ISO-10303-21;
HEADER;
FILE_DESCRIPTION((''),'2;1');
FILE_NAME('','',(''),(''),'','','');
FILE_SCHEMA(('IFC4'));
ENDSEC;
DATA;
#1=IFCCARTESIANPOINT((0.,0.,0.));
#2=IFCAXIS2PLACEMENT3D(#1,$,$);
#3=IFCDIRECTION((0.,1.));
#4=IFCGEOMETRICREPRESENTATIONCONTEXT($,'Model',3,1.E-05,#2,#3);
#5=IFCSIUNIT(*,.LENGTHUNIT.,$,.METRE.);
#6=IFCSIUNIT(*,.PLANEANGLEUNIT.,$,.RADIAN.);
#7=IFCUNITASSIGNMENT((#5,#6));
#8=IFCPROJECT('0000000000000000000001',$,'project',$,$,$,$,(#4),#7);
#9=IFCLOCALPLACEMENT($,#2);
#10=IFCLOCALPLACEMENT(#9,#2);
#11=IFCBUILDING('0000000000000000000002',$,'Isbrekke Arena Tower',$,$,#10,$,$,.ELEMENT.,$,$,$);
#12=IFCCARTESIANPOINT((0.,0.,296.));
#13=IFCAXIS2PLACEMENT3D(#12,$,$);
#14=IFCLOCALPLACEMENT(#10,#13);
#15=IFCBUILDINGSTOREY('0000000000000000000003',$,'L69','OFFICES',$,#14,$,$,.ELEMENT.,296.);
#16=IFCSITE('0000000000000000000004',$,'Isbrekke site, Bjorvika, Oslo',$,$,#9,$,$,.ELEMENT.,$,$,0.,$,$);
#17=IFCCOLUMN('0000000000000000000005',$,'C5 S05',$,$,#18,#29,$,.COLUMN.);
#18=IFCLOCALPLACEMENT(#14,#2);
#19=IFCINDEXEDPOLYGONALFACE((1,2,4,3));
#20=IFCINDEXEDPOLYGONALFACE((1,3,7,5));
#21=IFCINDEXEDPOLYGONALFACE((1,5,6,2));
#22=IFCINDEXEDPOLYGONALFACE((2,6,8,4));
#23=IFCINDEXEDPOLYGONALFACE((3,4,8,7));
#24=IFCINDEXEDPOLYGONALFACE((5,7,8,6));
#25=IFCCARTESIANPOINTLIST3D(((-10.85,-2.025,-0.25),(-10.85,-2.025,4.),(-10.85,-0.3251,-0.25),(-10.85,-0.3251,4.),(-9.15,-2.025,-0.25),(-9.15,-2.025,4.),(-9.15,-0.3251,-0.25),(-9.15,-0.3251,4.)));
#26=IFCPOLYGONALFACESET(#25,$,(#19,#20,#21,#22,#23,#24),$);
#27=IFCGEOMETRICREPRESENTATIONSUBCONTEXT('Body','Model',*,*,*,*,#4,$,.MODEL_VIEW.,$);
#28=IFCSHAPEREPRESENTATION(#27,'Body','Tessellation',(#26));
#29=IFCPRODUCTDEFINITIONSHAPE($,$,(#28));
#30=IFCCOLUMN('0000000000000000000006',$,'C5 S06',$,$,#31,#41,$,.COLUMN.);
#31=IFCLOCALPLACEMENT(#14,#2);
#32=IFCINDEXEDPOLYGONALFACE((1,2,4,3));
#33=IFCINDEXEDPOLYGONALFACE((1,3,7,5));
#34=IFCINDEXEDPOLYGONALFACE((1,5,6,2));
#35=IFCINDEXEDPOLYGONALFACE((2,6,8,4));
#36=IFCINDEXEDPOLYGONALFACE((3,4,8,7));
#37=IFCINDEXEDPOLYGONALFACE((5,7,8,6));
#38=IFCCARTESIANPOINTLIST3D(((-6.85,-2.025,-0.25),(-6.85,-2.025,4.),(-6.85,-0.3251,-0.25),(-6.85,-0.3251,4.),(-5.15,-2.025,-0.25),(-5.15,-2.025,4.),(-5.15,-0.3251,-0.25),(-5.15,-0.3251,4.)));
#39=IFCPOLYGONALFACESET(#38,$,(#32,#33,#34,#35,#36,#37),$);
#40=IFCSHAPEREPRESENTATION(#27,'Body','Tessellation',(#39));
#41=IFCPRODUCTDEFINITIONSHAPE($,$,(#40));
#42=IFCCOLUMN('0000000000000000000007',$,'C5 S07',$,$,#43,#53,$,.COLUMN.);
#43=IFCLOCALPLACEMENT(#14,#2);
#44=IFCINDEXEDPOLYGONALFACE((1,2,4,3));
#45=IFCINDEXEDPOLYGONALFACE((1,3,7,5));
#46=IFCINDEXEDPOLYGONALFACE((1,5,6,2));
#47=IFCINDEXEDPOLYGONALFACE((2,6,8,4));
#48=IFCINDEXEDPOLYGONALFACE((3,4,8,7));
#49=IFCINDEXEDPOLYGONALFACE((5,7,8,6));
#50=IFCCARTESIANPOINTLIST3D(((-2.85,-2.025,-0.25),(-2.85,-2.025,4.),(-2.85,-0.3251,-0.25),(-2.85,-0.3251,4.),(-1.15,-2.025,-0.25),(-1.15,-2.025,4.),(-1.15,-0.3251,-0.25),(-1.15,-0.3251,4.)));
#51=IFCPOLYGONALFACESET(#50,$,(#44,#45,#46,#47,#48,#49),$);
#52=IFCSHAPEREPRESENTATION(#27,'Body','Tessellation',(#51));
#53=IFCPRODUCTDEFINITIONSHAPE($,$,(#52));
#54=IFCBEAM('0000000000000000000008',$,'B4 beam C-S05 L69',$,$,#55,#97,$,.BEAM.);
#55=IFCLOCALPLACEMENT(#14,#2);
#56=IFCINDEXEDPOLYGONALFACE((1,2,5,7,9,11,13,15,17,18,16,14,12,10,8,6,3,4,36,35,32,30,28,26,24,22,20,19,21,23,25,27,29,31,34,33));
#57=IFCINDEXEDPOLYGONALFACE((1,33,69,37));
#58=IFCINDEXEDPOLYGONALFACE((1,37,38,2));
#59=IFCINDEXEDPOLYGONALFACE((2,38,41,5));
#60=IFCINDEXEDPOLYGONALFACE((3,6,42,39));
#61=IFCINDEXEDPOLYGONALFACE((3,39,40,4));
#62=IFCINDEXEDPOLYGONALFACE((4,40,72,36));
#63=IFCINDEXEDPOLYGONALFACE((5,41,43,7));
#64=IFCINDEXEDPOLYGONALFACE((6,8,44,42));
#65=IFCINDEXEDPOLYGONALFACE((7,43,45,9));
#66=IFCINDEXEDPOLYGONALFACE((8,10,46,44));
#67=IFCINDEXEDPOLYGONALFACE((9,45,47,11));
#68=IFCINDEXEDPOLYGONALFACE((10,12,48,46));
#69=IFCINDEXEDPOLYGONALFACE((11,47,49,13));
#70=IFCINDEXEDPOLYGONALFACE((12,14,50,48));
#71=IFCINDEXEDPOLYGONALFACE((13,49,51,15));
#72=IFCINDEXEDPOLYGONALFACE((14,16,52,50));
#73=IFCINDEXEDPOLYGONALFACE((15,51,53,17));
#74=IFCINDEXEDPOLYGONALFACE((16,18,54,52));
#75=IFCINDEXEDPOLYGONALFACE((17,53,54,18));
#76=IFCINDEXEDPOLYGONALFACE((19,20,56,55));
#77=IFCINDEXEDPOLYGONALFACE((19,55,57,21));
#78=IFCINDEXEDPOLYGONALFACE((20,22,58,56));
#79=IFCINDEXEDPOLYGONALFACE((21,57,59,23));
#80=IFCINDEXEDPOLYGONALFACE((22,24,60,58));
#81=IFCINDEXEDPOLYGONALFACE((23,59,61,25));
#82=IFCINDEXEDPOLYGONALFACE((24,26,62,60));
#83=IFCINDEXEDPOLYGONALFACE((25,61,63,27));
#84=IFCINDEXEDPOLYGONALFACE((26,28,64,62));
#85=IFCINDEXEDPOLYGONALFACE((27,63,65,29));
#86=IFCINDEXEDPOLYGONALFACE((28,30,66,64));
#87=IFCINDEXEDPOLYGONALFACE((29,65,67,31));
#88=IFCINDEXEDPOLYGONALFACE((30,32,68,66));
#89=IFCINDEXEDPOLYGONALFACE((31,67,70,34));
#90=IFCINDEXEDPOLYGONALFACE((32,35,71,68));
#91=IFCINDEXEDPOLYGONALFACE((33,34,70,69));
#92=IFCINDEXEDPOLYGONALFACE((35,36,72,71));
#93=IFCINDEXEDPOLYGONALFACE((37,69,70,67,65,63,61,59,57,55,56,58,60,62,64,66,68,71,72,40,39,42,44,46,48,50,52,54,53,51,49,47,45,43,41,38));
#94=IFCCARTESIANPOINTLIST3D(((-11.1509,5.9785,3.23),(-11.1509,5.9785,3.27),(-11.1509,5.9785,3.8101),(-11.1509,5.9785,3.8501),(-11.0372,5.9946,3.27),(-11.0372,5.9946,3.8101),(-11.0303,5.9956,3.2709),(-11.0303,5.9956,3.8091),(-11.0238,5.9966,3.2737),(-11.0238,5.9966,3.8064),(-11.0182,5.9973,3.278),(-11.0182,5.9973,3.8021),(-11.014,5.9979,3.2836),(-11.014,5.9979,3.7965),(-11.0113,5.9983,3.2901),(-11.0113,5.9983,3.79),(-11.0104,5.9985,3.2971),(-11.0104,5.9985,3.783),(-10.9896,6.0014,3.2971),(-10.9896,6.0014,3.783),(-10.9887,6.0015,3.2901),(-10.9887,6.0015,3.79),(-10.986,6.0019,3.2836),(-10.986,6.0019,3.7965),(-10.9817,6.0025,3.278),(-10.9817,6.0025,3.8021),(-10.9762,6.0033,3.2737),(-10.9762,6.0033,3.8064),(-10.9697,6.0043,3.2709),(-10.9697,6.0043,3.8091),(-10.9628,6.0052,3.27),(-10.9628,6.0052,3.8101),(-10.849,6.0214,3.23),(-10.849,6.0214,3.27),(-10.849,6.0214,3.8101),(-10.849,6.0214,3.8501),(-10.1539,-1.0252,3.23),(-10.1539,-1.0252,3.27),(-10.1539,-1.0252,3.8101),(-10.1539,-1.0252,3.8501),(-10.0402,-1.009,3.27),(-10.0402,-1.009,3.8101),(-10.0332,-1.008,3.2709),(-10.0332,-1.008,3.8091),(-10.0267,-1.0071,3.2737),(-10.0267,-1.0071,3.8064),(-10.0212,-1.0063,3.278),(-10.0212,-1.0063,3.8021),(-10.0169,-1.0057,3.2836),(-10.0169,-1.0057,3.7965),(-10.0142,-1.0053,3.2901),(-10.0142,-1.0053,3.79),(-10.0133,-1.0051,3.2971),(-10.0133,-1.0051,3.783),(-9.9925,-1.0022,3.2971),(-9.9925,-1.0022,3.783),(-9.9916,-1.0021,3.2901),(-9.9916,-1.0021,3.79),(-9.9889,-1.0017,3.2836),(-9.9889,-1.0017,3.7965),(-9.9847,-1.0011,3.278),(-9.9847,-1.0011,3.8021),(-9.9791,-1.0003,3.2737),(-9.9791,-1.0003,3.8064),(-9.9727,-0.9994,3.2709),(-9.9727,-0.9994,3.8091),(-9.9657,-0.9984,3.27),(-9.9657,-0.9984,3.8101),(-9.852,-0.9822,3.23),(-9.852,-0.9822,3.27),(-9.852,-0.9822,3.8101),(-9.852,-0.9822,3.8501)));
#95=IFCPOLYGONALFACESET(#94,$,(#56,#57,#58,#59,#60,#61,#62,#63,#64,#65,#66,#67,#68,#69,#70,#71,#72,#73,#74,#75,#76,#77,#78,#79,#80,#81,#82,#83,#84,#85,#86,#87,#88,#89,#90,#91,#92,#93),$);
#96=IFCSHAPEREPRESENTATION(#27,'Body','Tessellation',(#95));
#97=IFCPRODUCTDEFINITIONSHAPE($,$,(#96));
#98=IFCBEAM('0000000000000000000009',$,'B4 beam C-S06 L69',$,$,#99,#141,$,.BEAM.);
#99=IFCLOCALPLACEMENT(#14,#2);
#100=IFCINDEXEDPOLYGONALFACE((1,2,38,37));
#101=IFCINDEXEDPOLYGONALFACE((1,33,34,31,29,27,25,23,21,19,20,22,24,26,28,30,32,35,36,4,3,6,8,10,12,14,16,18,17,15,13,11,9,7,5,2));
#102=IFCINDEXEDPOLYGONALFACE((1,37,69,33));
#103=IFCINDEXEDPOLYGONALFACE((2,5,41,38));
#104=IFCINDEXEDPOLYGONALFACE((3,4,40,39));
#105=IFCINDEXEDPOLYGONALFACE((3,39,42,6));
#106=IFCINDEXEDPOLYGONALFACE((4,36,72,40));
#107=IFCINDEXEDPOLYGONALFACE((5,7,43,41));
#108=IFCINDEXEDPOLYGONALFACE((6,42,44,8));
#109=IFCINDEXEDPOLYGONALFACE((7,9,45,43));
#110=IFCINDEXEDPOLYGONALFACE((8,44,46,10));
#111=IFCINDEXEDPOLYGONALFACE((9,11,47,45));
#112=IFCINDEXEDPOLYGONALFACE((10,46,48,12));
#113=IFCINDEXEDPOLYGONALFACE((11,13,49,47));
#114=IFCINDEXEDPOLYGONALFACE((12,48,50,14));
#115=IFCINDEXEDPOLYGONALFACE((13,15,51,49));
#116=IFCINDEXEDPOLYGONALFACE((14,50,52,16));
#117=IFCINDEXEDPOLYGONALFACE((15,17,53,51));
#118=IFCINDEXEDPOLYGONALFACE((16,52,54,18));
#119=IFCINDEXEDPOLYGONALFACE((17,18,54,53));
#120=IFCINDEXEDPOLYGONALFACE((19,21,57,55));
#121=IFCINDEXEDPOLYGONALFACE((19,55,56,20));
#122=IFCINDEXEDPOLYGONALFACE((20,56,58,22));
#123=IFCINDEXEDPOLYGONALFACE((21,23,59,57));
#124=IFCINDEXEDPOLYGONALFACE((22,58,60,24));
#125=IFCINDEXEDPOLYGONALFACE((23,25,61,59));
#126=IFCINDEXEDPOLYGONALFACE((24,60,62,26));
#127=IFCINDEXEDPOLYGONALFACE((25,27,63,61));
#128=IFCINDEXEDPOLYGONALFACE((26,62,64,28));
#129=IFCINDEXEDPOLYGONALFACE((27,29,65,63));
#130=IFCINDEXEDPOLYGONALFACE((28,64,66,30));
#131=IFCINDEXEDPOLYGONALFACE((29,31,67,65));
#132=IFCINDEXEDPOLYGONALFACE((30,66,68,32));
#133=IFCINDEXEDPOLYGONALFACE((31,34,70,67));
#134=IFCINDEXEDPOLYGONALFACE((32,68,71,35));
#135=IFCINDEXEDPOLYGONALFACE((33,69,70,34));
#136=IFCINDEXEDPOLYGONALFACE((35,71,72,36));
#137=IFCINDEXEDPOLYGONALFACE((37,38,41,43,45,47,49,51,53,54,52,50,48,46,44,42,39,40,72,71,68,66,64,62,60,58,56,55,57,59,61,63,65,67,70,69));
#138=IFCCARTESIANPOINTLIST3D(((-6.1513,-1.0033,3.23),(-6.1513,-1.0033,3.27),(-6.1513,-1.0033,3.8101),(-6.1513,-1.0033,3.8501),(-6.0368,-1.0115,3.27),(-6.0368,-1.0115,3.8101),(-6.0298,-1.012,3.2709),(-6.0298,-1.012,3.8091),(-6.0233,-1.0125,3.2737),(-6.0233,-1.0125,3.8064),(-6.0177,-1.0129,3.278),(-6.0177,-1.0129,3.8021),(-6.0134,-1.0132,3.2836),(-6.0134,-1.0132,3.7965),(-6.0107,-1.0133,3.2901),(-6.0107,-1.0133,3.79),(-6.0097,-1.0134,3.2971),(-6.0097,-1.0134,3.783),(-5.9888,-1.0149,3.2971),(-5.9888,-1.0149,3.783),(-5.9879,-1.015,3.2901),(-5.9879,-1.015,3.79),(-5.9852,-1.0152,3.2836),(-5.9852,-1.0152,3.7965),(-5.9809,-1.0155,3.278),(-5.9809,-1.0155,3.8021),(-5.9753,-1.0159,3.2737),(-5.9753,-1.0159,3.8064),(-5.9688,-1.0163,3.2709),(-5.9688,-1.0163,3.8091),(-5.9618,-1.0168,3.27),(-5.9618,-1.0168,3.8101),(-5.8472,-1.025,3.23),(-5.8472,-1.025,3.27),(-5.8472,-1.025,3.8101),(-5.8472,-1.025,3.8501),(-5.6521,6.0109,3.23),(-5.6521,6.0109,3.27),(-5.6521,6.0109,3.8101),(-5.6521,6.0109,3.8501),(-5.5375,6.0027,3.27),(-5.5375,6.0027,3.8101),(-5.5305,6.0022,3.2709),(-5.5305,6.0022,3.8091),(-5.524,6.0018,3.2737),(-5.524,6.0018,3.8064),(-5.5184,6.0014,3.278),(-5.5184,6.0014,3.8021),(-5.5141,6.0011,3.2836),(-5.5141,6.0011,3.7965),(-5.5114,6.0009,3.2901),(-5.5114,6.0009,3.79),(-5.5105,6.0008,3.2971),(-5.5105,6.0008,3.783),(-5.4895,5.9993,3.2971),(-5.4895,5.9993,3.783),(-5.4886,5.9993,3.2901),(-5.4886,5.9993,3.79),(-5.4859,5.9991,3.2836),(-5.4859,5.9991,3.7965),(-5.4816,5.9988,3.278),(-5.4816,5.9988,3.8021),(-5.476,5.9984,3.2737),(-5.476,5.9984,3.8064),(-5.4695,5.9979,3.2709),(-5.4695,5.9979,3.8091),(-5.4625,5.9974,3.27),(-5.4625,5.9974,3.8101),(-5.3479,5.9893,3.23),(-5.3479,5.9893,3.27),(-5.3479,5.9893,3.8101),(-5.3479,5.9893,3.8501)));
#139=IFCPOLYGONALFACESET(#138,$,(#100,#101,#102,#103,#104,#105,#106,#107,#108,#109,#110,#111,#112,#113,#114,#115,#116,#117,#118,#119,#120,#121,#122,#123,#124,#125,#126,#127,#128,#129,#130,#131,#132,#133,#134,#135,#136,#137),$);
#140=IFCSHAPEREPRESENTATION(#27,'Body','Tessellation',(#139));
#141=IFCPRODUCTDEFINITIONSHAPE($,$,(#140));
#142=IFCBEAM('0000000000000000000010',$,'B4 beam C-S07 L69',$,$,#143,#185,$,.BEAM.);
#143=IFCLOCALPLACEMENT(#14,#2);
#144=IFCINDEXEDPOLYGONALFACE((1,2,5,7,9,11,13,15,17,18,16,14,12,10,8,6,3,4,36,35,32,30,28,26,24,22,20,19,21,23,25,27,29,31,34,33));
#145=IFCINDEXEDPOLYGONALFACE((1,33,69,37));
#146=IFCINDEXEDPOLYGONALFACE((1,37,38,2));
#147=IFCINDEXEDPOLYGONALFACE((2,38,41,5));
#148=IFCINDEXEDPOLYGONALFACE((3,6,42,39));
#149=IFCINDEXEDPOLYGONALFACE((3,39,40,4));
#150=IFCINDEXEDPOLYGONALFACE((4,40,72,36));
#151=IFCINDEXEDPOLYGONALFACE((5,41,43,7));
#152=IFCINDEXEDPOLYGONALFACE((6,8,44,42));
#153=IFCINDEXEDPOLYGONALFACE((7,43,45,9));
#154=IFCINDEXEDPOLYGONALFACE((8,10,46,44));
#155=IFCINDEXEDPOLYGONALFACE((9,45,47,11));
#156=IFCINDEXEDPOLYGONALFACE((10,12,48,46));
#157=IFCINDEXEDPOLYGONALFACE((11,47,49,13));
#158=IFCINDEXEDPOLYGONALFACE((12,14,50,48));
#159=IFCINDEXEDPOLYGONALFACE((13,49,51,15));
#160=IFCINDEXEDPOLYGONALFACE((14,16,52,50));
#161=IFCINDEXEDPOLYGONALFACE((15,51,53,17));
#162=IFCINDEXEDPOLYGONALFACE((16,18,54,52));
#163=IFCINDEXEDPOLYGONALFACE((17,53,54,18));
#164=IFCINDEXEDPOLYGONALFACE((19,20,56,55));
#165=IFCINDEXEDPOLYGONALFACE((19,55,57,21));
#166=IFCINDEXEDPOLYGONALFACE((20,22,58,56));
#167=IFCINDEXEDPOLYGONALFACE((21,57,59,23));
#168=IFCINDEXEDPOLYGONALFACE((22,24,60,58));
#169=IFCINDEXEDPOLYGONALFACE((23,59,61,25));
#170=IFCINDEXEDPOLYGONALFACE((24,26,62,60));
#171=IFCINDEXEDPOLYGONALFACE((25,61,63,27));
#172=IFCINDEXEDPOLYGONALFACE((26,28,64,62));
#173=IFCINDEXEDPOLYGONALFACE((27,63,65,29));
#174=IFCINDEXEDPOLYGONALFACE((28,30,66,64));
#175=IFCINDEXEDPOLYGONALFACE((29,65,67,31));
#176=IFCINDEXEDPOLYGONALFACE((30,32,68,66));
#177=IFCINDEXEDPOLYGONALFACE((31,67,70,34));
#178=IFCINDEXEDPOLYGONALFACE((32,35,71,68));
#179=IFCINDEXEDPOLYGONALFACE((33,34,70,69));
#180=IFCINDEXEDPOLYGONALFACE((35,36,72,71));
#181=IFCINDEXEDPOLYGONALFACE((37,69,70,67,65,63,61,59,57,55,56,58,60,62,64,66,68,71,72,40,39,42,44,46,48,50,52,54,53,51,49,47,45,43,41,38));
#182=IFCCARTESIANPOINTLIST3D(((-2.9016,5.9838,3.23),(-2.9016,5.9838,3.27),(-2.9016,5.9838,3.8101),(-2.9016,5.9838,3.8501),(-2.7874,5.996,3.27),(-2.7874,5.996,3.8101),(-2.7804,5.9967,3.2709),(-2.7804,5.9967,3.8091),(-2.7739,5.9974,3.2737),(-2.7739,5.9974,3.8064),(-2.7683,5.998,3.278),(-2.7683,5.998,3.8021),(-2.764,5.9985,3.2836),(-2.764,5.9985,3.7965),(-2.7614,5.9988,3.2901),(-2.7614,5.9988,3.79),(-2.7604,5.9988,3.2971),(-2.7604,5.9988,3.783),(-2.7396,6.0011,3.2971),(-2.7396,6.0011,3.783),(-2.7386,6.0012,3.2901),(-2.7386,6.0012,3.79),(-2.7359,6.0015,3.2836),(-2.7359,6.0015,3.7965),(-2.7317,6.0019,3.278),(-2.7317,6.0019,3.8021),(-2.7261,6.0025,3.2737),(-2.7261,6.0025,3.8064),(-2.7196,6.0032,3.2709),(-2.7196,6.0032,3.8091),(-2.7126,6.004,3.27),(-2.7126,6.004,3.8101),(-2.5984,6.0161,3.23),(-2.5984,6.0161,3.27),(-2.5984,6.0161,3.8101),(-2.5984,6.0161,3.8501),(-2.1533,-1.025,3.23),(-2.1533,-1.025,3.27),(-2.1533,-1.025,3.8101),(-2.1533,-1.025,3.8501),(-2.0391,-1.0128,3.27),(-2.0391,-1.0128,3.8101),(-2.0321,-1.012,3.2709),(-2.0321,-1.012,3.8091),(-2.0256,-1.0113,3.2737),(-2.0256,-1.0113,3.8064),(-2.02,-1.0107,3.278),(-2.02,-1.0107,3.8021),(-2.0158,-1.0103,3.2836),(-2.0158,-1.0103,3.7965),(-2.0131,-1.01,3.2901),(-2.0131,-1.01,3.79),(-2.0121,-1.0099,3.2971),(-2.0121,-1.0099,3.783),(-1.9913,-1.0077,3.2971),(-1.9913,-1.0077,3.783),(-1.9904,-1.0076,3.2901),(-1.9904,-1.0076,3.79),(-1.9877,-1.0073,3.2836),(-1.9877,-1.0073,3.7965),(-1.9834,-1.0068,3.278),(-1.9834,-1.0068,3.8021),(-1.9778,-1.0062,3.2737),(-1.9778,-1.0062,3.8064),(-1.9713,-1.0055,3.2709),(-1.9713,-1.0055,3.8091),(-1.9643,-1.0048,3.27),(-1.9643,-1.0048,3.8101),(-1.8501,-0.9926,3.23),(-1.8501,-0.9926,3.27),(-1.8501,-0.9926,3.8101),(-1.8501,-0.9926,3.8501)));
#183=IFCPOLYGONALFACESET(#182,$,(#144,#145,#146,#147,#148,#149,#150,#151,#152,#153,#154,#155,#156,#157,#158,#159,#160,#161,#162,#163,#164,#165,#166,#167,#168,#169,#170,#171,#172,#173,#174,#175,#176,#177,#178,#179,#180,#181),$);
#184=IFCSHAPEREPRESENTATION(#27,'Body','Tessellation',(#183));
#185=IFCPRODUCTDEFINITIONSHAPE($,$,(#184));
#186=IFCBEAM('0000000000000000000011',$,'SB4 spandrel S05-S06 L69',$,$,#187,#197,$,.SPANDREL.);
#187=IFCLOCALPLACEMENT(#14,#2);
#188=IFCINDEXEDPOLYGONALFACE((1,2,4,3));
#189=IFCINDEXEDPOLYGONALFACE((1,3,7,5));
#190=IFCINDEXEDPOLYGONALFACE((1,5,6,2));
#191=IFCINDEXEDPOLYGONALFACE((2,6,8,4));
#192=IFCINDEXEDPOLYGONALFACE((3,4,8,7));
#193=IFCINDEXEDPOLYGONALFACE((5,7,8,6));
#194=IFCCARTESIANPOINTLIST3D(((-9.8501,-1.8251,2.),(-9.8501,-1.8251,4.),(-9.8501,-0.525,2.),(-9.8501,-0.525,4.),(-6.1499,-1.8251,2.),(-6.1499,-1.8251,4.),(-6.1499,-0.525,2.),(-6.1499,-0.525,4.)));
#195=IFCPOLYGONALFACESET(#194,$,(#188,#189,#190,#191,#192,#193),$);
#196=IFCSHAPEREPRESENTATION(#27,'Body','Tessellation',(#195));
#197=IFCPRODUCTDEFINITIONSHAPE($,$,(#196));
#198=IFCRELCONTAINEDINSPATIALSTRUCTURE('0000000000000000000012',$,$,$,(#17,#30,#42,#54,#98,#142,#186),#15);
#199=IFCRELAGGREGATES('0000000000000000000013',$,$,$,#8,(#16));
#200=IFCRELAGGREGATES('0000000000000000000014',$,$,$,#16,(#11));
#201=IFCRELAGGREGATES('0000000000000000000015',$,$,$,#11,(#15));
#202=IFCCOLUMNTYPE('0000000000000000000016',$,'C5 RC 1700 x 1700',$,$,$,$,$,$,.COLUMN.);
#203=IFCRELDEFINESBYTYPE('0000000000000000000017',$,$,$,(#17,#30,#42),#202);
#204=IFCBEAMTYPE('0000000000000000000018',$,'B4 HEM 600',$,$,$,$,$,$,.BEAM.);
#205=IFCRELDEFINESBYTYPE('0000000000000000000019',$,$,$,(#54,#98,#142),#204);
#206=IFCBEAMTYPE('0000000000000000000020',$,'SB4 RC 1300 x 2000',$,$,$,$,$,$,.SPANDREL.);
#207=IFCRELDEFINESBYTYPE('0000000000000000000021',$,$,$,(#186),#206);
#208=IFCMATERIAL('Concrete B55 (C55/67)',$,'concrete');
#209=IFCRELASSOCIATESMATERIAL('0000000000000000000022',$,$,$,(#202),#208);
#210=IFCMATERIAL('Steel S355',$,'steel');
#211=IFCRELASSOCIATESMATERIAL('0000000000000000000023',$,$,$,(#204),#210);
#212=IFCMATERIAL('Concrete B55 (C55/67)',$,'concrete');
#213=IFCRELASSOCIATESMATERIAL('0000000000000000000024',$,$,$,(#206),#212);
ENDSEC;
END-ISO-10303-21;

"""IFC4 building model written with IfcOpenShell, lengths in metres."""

from ifc_helpers import new_model, si_unit, direction, frame, origin, origin_2d, place, context, subcontext, project, spatial, rectangle, i_section, extrude, material, material_profile, profile_set, type_object, element, save


model = new_model("IFC4")

# Units and contexts
model_context = context("Model", 3, precision=1e-05, world=origin(), true_north=direction((0.0, 1.0)))
body_context = subcontext(model_context, "Body", "Model", "MODEL_VIEW")
ifc_project = project(units=[si_unit("LENGTHUNIT", "METRE"), si_unit("PLANEANGLEUNIT", "RADIAN")], contexts=[model_context])

# Site, building, storey
site_placement = place(None, origin())
site = spatial("IfcSite", under=ifc_project, at=site_placement, Name="Isbrekke site, Bjorvika, Oslo", CompositionType="ELEMENT", RefElevation=0.0)
building_placement = place(site_placement, origin())
building = spatial("IfcBuilding", under=site, at=building_placement, Name="Isbrekke Arena Tower", CompositionType="ELEMENT")
storey_placement = place(building_placement, frame((0.0, 0.0, 296.0)))
storey = spatial("IfcBuildingStorey", under=building, at=storey_placement, Name="L69", Description="OFFICES", CompositionType="ELEMENT", Elevation=296.0)

# Columns
ifc_material_1 = material(Name="Concrete B55 (C55/67)", Category="concrete")
ifc_material_profile_1 = material_profile(ifc_material_1, rectangle(XDim=1.7, YDim=1.7, at=origin_2d()), Name="RC 1700x1700")
ifc_profile_set_1 = profile_set([ifc_material_profile_1], Name="Concrete B55 (C55/67)")
column_type = type_object("IfcColumnType", Name="C5 RC 1700 x 1700", PredefinedType="COLUMN", material=ifc_profile_set_1)
for number, where, z_axis, x_axis, name in (
    (1, (-10.0, -1.175, -0.25), (0.0, 0.0, 1.0), (1.0, 0.0, 0.0), "C5 S05"),
    (2, (-6.0, -1.175, -0.25), (0.0, 0.0, 1.0), (1.0, 0.0, 0.0), "C5 S06"),
    (3, (-2.0, -1.175, -0.25), (0.0, 0.0, 1.0), (1.0, 0.0, 0.0), "C5 S07"),
):
    element("IfcColumn", number, at=place(storey_placement, frame(where, z_axis=z_axis, x_axis=x_axis)), inside=storey, type_object=column_type, Name=name, PredefinedType="COLUMN", context=body_context, shape_type="SweptSolid", body=[
        extrude(rectangle(XDim=1.7, YDim=1.7, at=origin_2d()), origin(), (0.0, 0.0, 1.0), 4.25),
    ])

# Beams
ifc_material_2 = material(Name="Steel S355", Category="steel")
ifc_material_profile_2 = material_profile(ifc_material_2, i_section(OverallWidth=0.3049, OverallDepth=0.6201, WebThickness=0.021, FlangeThickness=0.04, FilletRadius=0.0271, at=origin_2d()), Name="HEM 600")
ifc_profile_set_2 = profile_set([ifc_material_profile_2], Name="Steel S355")
beam_type_1 = type_object("IfcBeamType", Name="B4 HEM 600", PredefinedType="BEAM", material=ifc_profile_set_2)
beam_1_placement = place(storey_placement, frame((-10.0029, -1.0037, 3.54), z_axis=(-0.140943, 0.990018, 0.0), x_axis=(-0.990018, -0.140943, 0.0)))
element("IfcBeam", 4, at=beam_1_placement, inside=storey, type_object=beam_type_1, Name="B4 beam C-S05 L69", PredefinedType="BEAM", context=body_context, shape_type="SweptSolid", body=[
    extrude(i_section(OverallWidth=0.3049, OverallDepth=0.6201, WebThickness=0.021, FlangeThickness=0.04, FilletRadius=0.0271, at=origin_2d()), origin(), (0.0, 0.0, 1.0), 7.0742),
])
beam_2_placement = place(storey_placement, frame((-5.9993, -1.0142, 3.54), z_axis=(0.071, 0.997476, 0.0), x_axis=(-0.997476, 0.071, 0.0)))
element("IfcBeam", 5, at=beam_2_placement, inside=storey, type_object=beam_type_1, Name="B4 beam C-S06 L69", PredefinedType="BEAM", context=body_context, shape_type="SweptSolid", body=[
    extrude(i_section(OverallWidth=0.3049, OverallDepth=0.6201, WebThickness=0.021, FlangeThickness=0.04, FilletRadius=0.0271, at=origin_2d()), origin(), (0.0, 0.0, 1.0), 7.032),
])
beam_3_placement = place(storey_placement, frame((-2.0017, -1.0088, 3.54), z_axis=(-0.106161, 0.994349, 0.0), x_axis=(-0.994349, -0.106161, 0.0)))
element("IfcBeam", 6, at=beam_3_placement, inside=storey, type_object=beam_type_1, Name="B4 beam C-S07 L69", PredefinedType="BEAM", context=body_context, shape_type="SweptSolid", body=[
    extrude(i_section(OverallWidth=0.3049, OverallDepth=0.6201, WebThickness=0.021, FlangeThickness=0.04, FilletRadius=0.0271, at=origin_2d()), origin(), (0.0, 0.0, 1.0), 7.0486),
])
ifc_material_3 = material(Name="Concrete B55 (C55/67)", Category="concrete")
ifc_material_profile_3 = material_profile(ifc_material_3, rectangle(XDim=1.3, YDim=2.0, at=origin_2d()), Name="RC 1300x2000")
ifc_profile_set_3 = profile_set([ifc_material_profile_3], Name="Concrete B55 (C55/67)")
beam_type_2 = type_object("IfcBeamType", Name="SB4 RC 1300 x 2000", PredefinedType="SPANDREL", material=ifc_profile_set_3)
for number, where, z_axis, x_axis, name in (
    (7, (-9.8501, -1.175, 3.0), (1.0, 0.0, 0.0), (0.0, 1.0, 0.0), "SB4 spandrel S05-S06 L69"),
):
    element("IfcBeam", number, at=place(storey_placement, frame(where, z_axis=z_axis, x_axis=x_axis)), inside=storey, type_object=beam_type_2, Name=name, PredefinedType="SPANDREL", context=body_context, shape_type="SweptSolid", body=[
        extrude(rectangle(XDim=1.3, YDim=2.0, at=origin_2d()), origin(), (0.0, 0.0, 1.0), 3.7002),
    ])

save(model, "model.ifc")
